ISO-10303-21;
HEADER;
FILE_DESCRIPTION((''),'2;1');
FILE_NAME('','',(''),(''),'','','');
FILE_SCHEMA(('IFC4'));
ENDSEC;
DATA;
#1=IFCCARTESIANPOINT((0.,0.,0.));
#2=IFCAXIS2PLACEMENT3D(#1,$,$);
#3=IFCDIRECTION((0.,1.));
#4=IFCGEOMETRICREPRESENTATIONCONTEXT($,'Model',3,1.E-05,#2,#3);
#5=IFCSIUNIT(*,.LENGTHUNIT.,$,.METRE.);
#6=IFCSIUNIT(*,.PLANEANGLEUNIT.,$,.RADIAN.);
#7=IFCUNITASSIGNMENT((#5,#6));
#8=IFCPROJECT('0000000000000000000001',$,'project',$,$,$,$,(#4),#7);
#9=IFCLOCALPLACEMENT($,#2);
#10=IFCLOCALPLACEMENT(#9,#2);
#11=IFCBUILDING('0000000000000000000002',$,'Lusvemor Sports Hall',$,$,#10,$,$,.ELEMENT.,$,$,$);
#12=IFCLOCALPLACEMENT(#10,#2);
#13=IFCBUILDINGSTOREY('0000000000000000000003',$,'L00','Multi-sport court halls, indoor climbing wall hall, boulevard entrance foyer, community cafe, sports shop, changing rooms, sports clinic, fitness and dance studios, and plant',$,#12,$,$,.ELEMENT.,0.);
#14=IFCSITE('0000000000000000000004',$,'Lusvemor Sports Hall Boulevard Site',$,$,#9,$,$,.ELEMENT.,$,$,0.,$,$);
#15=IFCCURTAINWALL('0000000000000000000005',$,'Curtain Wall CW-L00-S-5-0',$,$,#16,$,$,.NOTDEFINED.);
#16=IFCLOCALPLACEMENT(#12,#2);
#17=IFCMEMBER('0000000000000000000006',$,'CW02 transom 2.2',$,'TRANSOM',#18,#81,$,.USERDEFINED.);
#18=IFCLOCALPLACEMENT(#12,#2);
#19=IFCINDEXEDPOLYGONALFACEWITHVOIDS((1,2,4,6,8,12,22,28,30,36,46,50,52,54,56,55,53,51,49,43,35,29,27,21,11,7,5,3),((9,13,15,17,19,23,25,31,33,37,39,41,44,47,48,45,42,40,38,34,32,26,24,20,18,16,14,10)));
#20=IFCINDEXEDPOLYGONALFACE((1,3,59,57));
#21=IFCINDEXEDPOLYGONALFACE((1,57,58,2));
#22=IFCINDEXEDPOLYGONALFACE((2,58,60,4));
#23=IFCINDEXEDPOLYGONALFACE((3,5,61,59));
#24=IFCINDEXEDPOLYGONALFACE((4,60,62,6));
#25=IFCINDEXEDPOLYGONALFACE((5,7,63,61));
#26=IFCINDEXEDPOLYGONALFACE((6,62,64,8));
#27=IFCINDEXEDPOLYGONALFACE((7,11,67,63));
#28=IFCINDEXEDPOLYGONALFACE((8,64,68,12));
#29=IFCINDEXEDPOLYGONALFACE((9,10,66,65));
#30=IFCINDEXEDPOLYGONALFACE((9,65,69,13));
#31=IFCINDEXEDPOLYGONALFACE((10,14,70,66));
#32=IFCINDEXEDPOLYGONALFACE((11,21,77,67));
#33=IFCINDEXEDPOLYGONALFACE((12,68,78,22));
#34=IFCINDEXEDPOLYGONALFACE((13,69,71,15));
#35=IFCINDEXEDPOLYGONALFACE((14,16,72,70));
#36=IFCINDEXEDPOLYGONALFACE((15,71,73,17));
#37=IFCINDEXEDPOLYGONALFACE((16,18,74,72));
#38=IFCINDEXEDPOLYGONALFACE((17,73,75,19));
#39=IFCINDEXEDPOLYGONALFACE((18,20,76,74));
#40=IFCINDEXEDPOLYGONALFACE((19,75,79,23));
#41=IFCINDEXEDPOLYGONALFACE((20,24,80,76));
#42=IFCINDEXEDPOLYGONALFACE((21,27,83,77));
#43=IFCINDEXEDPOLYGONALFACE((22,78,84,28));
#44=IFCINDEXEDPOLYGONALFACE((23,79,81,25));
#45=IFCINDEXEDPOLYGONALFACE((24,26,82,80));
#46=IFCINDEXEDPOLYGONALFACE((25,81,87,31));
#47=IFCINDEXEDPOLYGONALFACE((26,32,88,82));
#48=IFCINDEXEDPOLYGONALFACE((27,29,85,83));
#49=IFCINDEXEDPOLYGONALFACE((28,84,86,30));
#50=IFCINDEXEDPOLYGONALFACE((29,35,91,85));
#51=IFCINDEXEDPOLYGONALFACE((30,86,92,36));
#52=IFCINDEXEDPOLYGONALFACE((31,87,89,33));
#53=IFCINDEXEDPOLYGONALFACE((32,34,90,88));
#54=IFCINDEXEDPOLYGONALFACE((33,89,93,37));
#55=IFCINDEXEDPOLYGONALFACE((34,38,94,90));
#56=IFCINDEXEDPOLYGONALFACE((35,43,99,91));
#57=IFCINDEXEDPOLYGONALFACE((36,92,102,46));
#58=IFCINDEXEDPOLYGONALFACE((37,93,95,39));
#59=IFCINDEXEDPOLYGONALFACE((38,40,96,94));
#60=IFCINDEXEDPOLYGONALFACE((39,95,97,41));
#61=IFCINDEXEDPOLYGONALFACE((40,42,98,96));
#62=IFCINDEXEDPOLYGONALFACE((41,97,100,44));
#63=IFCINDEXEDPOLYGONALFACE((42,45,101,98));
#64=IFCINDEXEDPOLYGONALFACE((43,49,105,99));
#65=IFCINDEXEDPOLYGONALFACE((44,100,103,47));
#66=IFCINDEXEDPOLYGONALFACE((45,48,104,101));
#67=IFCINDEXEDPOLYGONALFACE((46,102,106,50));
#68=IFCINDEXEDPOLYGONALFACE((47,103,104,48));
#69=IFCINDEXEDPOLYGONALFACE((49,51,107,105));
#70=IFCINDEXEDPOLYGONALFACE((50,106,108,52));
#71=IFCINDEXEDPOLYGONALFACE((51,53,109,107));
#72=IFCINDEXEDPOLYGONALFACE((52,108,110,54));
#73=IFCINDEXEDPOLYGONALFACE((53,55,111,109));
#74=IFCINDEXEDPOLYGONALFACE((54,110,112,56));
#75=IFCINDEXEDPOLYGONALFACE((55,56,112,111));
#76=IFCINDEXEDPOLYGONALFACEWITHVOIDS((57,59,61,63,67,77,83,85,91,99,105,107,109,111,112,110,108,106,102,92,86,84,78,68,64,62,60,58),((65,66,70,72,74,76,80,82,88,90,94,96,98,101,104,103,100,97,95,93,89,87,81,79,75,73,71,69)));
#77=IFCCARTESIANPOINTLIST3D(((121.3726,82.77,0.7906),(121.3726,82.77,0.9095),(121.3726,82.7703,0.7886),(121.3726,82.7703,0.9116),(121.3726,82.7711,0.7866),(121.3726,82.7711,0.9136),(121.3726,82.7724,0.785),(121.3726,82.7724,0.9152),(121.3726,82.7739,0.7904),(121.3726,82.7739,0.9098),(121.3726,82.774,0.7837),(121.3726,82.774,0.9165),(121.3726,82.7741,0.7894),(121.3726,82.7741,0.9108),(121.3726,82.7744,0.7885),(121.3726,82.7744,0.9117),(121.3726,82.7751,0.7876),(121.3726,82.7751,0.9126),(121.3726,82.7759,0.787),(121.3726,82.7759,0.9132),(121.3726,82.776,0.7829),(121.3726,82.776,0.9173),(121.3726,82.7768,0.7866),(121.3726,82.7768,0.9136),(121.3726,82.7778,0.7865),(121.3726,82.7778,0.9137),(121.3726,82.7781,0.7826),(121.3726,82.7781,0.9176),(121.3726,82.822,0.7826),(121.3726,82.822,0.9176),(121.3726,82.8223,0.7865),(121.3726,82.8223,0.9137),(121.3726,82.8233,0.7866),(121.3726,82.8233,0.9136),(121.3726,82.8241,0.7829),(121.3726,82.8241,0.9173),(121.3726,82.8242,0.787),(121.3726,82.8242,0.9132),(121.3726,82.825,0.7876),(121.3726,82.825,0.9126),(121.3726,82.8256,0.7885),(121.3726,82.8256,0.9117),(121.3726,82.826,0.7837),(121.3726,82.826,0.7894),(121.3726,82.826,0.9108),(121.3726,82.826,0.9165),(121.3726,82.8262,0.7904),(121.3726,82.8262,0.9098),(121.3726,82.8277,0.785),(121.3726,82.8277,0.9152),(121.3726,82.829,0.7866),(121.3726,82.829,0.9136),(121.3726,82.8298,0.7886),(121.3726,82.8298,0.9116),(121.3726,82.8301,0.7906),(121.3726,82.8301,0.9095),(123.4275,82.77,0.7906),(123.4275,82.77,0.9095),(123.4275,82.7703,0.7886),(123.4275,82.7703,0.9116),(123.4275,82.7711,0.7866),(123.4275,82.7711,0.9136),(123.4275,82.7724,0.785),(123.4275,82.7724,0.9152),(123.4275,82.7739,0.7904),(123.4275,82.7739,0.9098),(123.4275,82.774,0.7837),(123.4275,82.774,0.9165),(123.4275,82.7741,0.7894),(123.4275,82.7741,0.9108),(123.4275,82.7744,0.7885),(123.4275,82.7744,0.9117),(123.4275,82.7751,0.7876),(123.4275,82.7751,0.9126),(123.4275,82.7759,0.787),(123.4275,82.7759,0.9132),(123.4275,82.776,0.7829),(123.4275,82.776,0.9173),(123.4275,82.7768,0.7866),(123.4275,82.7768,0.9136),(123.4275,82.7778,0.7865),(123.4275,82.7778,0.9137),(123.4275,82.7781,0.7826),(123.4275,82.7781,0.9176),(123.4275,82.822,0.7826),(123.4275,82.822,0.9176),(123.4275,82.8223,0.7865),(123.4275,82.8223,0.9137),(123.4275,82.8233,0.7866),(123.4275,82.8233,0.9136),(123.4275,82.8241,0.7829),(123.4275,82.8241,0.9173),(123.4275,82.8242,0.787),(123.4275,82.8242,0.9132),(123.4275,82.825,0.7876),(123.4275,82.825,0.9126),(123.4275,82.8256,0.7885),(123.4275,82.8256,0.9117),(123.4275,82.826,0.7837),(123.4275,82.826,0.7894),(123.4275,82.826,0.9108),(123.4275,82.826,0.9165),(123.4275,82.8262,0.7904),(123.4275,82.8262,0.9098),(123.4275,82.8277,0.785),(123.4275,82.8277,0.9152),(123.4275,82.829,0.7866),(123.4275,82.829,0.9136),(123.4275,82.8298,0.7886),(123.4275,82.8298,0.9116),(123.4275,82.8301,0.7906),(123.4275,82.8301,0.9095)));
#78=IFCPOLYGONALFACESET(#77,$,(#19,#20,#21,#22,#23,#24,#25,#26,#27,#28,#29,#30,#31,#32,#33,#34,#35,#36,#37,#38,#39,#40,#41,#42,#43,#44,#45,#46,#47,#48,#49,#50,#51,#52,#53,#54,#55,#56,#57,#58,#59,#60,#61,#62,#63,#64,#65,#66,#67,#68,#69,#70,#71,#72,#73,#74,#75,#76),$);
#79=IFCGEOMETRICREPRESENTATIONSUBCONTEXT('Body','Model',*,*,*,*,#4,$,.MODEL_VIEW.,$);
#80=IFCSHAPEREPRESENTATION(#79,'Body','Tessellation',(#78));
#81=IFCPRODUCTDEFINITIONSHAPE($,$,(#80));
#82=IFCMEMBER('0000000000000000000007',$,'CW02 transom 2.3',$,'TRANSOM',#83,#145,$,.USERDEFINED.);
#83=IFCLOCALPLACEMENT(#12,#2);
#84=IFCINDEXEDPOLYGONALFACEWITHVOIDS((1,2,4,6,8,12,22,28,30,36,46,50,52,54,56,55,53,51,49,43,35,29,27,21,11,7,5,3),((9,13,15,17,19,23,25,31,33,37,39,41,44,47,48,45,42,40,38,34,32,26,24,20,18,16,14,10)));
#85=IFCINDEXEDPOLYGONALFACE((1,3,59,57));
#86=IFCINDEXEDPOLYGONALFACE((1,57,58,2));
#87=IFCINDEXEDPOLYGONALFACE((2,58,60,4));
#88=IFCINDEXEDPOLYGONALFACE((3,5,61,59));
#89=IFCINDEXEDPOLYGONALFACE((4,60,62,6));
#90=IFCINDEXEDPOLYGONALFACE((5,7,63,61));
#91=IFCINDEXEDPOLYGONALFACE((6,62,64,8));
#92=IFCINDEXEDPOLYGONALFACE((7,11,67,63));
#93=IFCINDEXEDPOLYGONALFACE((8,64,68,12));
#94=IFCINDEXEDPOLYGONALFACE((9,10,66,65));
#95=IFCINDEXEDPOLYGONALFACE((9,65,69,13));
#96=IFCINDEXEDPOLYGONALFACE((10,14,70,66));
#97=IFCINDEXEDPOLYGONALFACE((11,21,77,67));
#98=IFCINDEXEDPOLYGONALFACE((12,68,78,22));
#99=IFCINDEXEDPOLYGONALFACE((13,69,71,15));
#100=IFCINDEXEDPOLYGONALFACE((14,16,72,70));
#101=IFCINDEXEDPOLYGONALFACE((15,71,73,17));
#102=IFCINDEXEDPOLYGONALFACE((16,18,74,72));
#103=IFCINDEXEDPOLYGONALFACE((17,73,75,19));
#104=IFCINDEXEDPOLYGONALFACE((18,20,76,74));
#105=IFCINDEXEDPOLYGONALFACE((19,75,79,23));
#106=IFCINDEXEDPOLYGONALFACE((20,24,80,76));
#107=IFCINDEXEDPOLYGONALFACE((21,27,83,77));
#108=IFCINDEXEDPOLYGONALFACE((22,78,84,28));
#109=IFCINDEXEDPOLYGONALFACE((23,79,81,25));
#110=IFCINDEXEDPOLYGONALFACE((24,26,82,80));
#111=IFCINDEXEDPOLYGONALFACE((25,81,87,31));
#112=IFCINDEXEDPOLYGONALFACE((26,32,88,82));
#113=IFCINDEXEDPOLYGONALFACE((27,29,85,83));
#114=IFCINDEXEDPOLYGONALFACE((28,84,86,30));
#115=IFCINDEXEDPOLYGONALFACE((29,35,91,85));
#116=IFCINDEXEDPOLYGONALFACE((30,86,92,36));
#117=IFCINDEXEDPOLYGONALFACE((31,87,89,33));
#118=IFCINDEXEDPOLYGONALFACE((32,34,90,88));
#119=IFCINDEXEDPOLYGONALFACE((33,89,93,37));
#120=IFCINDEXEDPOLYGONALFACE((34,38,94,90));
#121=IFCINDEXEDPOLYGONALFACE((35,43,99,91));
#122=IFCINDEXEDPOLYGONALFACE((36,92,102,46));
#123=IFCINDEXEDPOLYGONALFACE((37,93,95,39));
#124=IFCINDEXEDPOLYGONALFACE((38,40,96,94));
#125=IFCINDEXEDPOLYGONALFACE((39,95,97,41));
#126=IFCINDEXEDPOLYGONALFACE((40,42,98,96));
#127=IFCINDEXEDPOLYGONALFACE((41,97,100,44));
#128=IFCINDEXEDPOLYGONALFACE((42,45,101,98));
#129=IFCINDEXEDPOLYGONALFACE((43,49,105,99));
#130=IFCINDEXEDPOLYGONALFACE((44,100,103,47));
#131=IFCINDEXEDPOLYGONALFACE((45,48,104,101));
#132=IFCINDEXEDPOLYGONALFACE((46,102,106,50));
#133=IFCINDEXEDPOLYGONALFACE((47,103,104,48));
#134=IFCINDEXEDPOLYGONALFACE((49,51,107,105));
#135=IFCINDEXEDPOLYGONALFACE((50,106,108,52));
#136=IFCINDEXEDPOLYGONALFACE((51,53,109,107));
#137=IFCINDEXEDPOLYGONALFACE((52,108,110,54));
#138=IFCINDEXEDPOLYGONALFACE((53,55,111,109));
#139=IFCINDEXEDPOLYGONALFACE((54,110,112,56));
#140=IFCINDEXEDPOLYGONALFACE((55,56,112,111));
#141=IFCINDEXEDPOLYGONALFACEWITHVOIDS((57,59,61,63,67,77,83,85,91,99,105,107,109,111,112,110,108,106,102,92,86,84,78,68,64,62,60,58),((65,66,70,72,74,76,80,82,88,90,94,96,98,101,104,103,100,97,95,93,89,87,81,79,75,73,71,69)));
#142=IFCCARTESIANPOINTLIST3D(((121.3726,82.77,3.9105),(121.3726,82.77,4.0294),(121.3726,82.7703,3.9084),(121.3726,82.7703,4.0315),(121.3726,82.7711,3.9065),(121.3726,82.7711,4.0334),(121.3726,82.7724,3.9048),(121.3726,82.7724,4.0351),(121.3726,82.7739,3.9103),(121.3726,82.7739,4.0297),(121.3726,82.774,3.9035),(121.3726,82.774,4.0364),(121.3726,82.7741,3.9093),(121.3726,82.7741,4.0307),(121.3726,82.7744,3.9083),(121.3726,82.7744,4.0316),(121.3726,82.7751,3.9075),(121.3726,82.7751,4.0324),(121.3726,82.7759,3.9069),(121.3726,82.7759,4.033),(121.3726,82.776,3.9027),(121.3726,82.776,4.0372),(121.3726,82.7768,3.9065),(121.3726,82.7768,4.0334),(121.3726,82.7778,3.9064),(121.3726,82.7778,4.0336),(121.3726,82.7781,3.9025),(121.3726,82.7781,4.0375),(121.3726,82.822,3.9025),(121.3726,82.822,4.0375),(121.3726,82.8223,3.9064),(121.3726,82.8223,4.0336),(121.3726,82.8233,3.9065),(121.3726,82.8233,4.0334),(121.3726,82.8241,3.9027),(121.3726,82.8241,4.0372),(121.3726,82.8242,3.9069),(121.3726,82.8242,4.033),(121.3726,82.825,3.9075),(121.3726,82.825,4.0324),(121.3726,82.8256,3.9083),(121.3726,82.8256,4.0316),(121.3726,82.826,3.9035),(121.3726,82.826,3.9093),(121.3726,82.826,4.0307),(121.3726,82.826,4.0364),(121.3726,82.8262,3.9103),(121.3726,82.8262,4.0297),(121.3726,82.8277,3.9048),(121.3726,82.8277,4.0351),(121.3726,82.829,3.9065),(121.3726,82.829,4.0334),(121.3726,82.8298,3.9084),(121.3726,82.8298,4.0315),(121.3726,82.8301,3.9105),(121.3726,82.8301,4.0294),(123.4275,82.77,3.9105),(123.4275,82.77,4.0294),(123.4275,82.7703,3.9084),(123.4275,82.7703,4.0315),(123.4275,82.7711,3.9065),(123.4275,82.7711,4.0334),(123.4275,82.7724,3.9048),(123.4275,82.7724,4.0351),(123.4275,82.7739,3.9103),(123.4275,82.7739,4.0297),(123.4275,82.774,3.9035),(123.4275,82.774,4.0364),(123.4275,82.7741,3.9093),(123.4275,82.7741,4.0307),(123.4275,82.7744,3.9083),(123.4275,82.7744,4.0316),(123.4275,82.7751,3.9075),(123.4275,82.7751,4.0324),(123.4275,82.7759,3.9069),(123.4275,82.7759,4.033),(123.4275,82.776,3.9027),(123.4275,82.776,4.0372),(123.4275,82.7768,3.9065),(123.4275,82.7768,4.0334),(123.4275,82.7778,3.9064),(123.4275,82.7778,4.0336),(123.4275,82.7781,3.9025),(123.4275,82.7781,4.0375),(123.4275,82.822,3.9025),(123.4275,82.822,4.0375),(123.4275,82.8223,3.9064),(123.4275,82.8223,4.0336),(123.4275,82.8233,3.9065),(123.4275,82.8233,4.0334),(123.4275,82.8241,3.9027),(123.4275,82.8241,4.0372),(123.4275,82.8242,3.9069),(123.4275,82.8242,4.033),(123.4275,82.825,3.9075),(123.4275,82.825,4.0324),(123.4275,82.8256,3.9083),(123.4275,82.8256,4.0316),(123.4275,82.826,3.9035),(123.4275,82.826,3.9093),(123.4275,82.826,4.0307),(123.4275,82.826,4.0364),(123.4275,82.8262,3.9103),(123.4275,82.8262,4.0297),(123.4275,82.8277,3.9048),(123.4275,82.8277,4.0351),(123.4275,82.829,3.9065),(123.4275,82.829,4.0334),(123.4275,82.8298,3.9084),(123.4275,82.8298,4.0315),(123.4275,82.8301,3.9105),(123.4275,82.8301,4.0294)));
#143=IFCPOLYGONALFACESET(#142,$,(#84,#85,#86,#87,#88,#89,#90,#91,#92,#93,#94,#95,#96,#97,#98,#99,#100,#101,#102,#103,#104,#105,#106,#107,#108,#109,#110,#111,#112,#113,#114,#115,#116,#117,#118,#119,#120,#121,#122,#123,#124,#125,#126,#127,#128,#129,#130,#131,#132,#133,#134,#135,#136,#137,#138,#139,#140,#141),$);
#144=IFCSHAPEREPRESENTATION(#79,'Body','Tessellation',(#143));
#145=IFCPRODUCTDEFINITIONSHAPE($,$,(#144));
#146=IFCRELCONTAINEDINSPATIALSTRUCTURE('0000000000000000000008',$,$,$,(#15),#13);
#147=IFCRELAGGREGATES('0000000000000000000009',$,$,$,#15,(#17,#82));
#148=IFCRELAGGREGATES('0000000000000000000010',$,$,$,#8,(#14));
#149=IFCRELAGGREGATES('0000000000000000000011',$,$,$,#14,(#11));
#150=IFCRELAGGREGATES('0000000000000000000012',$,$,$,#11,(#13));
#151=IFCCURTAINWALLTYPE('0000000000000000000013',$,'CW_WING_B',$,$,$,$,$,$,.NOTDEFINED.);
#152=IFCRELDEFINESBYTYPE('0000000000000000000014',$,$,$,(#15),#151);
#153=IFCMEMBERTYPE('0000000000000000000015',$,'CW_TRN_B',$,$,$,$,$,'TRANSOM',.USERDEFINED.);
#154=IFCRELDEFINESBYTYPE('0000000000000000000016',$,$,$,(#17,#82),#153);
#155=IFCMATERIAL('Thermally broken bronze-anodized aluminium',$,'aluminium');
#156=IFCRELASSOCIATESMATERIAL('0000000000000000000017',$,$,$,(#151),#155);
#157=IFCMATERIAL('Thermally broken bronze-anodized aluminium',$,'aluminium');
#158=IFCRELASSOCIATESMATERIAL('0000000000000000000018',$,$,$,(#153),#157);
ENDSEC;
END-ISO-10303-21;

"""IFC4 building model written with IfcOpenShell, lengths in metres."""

from ifc_helpers import new_model, si_unit, direction, frame, origin, origin_2d, place, context, subcontext, project, spatial, hollow_rectangle, extrude, material, material_profile, profile_set, type_object, element, aggregate, save


model = new_model("IFC4")

# Units and contexts
model_context = context("Model", 3, precision=1e-05, world=origin(), true_north=direction((0.0, 1.0)))
body_context = subcontext(model_context, "Body", "Model", "MODEL_VIEW")
ifc_project = project(units=[si_unit("LENGTHUNIT", "METRE"), si_unit("PLANEANGLEUNIT", "RADIAN")], contexts=[model_context])

# Site, building, storey
site_placement = place(None, origin())
site = spatial("IfcSite", under=ifc_project, at=site_placement, Name="Lusvemor Sports Hall Boulevard Site", CompositionType="ELEMENT", RefElevation=0.0)
building_placement = place(site_placement, origin())
building = spatial("IfcBuilding", under=site, at=building_placement, Name="Lusvemor Sports Hall", CompositionType="ELEMENT")
storey_placement = place(building_placement, origin())
storey = spatial("IfcBuildingStorey", under=building, at=storey_placement, Name="L00", Description="Multi-sport court halls, indoor climbing wall hall, boulevard entrance foyer, community cafe, sports shop, changing rooms, sports clinic, fitness and dance studios, and plant", CompositionType="ELEMENT", Elevation=0.0)

# Curtain wall, members
ifc_material_1 = material(Name="Thermally broken bronze-anodized aluminium", Category="aluminium")
curtain_wall_type = type_object("IfcCurtainWallType", Name="CW_WING_B", PredefinedType="NOTDEFINED", material=ifc_material_1)
curtain_wall_placement = place(storey_placement, origin())
curtain_wall = element("IfcCurtainWall", 1, at=curtain_wall_placement, inside=storey, type_object=curtain_wall_type, Name="Curtain Wall CW-L00-S-5-0", PredefinedType="NOTDEFINED")
ifc_material_2 = material(Name="Thermally broken bronze-anodized aluminium", Category="aluminium")
ifc_material_profile_1 = material_profile(ifc_material_2, hollow_rectangle(XDim=0.0601, YDim=0.135, WallThickness=0.0039, InnerFilletRadius=0.0039, OuterFilletRadius=0.0081, at=origin_2d()), Name="CWTRN135x60x4")
ifc_profile_set_1 = profile_set([ifc_material_profile_1], Name="Thermally broken bronze-anodized aluminium")
member_type_1 = type_object("IfcMemberType", Name="CW_TRN_B", ElementType="TRANSOM", PredefinedType="USERDEFINED", material=ifc_profile_set_1)
member_1_placement = place(storey_placement, frame((123.4275, 82.8, 0.8501), z_axis=(-1.0, 0.0, 0.0), x_axis=(0.0, -1.0, 0.0)))
member_1 = element("IfcMember", 2, at=member_1_placement, type_object=member_type_1, Name="CW02 transom 2.2", ObjectType="TRANSOM", PredefinedType="USERDEFINED", context=body_context, shape_type="SweptSolid", body=[
    extrude(hollow_rectangle(XDim=0.0601, YDim=0.135, WallThickness=0.0039, InnerFilletRadius=0.0039, OuterFilletRadius=0.0081, at=origin_2d()), origin(), (0.0, 0.0, 1.0), 2.0549),
])
member_2_placement = place(storey_placement, frame((123.4275, 82.8, 3.97), z_axis=(-1.0, 0.0, 0.0), x_axis=(0.0, -1.0, 0.0)))
member_2 = element("IfcMember", 3, at=member_2_placement, type_object=member_type_1, Name="CW02 transom 2.3", ObjectType="TRANSOM", PredefinedType="USERDEFINED", context=body_context, shape_type="SweptSolid", body=[
    extrude(hollow_rectangle(XDim=0.0601, YDim=0.135, WallThickness=0.0039, InnerFilletRadius=0.0039, OuterFilletRadius=0.0081, at=origin_2d()), origin(), (0.0, 0.0, 1.0), 2.0549),
])
aggregate(curtain_wall, [member_1, member_2])

save(model, "model.ifc")
